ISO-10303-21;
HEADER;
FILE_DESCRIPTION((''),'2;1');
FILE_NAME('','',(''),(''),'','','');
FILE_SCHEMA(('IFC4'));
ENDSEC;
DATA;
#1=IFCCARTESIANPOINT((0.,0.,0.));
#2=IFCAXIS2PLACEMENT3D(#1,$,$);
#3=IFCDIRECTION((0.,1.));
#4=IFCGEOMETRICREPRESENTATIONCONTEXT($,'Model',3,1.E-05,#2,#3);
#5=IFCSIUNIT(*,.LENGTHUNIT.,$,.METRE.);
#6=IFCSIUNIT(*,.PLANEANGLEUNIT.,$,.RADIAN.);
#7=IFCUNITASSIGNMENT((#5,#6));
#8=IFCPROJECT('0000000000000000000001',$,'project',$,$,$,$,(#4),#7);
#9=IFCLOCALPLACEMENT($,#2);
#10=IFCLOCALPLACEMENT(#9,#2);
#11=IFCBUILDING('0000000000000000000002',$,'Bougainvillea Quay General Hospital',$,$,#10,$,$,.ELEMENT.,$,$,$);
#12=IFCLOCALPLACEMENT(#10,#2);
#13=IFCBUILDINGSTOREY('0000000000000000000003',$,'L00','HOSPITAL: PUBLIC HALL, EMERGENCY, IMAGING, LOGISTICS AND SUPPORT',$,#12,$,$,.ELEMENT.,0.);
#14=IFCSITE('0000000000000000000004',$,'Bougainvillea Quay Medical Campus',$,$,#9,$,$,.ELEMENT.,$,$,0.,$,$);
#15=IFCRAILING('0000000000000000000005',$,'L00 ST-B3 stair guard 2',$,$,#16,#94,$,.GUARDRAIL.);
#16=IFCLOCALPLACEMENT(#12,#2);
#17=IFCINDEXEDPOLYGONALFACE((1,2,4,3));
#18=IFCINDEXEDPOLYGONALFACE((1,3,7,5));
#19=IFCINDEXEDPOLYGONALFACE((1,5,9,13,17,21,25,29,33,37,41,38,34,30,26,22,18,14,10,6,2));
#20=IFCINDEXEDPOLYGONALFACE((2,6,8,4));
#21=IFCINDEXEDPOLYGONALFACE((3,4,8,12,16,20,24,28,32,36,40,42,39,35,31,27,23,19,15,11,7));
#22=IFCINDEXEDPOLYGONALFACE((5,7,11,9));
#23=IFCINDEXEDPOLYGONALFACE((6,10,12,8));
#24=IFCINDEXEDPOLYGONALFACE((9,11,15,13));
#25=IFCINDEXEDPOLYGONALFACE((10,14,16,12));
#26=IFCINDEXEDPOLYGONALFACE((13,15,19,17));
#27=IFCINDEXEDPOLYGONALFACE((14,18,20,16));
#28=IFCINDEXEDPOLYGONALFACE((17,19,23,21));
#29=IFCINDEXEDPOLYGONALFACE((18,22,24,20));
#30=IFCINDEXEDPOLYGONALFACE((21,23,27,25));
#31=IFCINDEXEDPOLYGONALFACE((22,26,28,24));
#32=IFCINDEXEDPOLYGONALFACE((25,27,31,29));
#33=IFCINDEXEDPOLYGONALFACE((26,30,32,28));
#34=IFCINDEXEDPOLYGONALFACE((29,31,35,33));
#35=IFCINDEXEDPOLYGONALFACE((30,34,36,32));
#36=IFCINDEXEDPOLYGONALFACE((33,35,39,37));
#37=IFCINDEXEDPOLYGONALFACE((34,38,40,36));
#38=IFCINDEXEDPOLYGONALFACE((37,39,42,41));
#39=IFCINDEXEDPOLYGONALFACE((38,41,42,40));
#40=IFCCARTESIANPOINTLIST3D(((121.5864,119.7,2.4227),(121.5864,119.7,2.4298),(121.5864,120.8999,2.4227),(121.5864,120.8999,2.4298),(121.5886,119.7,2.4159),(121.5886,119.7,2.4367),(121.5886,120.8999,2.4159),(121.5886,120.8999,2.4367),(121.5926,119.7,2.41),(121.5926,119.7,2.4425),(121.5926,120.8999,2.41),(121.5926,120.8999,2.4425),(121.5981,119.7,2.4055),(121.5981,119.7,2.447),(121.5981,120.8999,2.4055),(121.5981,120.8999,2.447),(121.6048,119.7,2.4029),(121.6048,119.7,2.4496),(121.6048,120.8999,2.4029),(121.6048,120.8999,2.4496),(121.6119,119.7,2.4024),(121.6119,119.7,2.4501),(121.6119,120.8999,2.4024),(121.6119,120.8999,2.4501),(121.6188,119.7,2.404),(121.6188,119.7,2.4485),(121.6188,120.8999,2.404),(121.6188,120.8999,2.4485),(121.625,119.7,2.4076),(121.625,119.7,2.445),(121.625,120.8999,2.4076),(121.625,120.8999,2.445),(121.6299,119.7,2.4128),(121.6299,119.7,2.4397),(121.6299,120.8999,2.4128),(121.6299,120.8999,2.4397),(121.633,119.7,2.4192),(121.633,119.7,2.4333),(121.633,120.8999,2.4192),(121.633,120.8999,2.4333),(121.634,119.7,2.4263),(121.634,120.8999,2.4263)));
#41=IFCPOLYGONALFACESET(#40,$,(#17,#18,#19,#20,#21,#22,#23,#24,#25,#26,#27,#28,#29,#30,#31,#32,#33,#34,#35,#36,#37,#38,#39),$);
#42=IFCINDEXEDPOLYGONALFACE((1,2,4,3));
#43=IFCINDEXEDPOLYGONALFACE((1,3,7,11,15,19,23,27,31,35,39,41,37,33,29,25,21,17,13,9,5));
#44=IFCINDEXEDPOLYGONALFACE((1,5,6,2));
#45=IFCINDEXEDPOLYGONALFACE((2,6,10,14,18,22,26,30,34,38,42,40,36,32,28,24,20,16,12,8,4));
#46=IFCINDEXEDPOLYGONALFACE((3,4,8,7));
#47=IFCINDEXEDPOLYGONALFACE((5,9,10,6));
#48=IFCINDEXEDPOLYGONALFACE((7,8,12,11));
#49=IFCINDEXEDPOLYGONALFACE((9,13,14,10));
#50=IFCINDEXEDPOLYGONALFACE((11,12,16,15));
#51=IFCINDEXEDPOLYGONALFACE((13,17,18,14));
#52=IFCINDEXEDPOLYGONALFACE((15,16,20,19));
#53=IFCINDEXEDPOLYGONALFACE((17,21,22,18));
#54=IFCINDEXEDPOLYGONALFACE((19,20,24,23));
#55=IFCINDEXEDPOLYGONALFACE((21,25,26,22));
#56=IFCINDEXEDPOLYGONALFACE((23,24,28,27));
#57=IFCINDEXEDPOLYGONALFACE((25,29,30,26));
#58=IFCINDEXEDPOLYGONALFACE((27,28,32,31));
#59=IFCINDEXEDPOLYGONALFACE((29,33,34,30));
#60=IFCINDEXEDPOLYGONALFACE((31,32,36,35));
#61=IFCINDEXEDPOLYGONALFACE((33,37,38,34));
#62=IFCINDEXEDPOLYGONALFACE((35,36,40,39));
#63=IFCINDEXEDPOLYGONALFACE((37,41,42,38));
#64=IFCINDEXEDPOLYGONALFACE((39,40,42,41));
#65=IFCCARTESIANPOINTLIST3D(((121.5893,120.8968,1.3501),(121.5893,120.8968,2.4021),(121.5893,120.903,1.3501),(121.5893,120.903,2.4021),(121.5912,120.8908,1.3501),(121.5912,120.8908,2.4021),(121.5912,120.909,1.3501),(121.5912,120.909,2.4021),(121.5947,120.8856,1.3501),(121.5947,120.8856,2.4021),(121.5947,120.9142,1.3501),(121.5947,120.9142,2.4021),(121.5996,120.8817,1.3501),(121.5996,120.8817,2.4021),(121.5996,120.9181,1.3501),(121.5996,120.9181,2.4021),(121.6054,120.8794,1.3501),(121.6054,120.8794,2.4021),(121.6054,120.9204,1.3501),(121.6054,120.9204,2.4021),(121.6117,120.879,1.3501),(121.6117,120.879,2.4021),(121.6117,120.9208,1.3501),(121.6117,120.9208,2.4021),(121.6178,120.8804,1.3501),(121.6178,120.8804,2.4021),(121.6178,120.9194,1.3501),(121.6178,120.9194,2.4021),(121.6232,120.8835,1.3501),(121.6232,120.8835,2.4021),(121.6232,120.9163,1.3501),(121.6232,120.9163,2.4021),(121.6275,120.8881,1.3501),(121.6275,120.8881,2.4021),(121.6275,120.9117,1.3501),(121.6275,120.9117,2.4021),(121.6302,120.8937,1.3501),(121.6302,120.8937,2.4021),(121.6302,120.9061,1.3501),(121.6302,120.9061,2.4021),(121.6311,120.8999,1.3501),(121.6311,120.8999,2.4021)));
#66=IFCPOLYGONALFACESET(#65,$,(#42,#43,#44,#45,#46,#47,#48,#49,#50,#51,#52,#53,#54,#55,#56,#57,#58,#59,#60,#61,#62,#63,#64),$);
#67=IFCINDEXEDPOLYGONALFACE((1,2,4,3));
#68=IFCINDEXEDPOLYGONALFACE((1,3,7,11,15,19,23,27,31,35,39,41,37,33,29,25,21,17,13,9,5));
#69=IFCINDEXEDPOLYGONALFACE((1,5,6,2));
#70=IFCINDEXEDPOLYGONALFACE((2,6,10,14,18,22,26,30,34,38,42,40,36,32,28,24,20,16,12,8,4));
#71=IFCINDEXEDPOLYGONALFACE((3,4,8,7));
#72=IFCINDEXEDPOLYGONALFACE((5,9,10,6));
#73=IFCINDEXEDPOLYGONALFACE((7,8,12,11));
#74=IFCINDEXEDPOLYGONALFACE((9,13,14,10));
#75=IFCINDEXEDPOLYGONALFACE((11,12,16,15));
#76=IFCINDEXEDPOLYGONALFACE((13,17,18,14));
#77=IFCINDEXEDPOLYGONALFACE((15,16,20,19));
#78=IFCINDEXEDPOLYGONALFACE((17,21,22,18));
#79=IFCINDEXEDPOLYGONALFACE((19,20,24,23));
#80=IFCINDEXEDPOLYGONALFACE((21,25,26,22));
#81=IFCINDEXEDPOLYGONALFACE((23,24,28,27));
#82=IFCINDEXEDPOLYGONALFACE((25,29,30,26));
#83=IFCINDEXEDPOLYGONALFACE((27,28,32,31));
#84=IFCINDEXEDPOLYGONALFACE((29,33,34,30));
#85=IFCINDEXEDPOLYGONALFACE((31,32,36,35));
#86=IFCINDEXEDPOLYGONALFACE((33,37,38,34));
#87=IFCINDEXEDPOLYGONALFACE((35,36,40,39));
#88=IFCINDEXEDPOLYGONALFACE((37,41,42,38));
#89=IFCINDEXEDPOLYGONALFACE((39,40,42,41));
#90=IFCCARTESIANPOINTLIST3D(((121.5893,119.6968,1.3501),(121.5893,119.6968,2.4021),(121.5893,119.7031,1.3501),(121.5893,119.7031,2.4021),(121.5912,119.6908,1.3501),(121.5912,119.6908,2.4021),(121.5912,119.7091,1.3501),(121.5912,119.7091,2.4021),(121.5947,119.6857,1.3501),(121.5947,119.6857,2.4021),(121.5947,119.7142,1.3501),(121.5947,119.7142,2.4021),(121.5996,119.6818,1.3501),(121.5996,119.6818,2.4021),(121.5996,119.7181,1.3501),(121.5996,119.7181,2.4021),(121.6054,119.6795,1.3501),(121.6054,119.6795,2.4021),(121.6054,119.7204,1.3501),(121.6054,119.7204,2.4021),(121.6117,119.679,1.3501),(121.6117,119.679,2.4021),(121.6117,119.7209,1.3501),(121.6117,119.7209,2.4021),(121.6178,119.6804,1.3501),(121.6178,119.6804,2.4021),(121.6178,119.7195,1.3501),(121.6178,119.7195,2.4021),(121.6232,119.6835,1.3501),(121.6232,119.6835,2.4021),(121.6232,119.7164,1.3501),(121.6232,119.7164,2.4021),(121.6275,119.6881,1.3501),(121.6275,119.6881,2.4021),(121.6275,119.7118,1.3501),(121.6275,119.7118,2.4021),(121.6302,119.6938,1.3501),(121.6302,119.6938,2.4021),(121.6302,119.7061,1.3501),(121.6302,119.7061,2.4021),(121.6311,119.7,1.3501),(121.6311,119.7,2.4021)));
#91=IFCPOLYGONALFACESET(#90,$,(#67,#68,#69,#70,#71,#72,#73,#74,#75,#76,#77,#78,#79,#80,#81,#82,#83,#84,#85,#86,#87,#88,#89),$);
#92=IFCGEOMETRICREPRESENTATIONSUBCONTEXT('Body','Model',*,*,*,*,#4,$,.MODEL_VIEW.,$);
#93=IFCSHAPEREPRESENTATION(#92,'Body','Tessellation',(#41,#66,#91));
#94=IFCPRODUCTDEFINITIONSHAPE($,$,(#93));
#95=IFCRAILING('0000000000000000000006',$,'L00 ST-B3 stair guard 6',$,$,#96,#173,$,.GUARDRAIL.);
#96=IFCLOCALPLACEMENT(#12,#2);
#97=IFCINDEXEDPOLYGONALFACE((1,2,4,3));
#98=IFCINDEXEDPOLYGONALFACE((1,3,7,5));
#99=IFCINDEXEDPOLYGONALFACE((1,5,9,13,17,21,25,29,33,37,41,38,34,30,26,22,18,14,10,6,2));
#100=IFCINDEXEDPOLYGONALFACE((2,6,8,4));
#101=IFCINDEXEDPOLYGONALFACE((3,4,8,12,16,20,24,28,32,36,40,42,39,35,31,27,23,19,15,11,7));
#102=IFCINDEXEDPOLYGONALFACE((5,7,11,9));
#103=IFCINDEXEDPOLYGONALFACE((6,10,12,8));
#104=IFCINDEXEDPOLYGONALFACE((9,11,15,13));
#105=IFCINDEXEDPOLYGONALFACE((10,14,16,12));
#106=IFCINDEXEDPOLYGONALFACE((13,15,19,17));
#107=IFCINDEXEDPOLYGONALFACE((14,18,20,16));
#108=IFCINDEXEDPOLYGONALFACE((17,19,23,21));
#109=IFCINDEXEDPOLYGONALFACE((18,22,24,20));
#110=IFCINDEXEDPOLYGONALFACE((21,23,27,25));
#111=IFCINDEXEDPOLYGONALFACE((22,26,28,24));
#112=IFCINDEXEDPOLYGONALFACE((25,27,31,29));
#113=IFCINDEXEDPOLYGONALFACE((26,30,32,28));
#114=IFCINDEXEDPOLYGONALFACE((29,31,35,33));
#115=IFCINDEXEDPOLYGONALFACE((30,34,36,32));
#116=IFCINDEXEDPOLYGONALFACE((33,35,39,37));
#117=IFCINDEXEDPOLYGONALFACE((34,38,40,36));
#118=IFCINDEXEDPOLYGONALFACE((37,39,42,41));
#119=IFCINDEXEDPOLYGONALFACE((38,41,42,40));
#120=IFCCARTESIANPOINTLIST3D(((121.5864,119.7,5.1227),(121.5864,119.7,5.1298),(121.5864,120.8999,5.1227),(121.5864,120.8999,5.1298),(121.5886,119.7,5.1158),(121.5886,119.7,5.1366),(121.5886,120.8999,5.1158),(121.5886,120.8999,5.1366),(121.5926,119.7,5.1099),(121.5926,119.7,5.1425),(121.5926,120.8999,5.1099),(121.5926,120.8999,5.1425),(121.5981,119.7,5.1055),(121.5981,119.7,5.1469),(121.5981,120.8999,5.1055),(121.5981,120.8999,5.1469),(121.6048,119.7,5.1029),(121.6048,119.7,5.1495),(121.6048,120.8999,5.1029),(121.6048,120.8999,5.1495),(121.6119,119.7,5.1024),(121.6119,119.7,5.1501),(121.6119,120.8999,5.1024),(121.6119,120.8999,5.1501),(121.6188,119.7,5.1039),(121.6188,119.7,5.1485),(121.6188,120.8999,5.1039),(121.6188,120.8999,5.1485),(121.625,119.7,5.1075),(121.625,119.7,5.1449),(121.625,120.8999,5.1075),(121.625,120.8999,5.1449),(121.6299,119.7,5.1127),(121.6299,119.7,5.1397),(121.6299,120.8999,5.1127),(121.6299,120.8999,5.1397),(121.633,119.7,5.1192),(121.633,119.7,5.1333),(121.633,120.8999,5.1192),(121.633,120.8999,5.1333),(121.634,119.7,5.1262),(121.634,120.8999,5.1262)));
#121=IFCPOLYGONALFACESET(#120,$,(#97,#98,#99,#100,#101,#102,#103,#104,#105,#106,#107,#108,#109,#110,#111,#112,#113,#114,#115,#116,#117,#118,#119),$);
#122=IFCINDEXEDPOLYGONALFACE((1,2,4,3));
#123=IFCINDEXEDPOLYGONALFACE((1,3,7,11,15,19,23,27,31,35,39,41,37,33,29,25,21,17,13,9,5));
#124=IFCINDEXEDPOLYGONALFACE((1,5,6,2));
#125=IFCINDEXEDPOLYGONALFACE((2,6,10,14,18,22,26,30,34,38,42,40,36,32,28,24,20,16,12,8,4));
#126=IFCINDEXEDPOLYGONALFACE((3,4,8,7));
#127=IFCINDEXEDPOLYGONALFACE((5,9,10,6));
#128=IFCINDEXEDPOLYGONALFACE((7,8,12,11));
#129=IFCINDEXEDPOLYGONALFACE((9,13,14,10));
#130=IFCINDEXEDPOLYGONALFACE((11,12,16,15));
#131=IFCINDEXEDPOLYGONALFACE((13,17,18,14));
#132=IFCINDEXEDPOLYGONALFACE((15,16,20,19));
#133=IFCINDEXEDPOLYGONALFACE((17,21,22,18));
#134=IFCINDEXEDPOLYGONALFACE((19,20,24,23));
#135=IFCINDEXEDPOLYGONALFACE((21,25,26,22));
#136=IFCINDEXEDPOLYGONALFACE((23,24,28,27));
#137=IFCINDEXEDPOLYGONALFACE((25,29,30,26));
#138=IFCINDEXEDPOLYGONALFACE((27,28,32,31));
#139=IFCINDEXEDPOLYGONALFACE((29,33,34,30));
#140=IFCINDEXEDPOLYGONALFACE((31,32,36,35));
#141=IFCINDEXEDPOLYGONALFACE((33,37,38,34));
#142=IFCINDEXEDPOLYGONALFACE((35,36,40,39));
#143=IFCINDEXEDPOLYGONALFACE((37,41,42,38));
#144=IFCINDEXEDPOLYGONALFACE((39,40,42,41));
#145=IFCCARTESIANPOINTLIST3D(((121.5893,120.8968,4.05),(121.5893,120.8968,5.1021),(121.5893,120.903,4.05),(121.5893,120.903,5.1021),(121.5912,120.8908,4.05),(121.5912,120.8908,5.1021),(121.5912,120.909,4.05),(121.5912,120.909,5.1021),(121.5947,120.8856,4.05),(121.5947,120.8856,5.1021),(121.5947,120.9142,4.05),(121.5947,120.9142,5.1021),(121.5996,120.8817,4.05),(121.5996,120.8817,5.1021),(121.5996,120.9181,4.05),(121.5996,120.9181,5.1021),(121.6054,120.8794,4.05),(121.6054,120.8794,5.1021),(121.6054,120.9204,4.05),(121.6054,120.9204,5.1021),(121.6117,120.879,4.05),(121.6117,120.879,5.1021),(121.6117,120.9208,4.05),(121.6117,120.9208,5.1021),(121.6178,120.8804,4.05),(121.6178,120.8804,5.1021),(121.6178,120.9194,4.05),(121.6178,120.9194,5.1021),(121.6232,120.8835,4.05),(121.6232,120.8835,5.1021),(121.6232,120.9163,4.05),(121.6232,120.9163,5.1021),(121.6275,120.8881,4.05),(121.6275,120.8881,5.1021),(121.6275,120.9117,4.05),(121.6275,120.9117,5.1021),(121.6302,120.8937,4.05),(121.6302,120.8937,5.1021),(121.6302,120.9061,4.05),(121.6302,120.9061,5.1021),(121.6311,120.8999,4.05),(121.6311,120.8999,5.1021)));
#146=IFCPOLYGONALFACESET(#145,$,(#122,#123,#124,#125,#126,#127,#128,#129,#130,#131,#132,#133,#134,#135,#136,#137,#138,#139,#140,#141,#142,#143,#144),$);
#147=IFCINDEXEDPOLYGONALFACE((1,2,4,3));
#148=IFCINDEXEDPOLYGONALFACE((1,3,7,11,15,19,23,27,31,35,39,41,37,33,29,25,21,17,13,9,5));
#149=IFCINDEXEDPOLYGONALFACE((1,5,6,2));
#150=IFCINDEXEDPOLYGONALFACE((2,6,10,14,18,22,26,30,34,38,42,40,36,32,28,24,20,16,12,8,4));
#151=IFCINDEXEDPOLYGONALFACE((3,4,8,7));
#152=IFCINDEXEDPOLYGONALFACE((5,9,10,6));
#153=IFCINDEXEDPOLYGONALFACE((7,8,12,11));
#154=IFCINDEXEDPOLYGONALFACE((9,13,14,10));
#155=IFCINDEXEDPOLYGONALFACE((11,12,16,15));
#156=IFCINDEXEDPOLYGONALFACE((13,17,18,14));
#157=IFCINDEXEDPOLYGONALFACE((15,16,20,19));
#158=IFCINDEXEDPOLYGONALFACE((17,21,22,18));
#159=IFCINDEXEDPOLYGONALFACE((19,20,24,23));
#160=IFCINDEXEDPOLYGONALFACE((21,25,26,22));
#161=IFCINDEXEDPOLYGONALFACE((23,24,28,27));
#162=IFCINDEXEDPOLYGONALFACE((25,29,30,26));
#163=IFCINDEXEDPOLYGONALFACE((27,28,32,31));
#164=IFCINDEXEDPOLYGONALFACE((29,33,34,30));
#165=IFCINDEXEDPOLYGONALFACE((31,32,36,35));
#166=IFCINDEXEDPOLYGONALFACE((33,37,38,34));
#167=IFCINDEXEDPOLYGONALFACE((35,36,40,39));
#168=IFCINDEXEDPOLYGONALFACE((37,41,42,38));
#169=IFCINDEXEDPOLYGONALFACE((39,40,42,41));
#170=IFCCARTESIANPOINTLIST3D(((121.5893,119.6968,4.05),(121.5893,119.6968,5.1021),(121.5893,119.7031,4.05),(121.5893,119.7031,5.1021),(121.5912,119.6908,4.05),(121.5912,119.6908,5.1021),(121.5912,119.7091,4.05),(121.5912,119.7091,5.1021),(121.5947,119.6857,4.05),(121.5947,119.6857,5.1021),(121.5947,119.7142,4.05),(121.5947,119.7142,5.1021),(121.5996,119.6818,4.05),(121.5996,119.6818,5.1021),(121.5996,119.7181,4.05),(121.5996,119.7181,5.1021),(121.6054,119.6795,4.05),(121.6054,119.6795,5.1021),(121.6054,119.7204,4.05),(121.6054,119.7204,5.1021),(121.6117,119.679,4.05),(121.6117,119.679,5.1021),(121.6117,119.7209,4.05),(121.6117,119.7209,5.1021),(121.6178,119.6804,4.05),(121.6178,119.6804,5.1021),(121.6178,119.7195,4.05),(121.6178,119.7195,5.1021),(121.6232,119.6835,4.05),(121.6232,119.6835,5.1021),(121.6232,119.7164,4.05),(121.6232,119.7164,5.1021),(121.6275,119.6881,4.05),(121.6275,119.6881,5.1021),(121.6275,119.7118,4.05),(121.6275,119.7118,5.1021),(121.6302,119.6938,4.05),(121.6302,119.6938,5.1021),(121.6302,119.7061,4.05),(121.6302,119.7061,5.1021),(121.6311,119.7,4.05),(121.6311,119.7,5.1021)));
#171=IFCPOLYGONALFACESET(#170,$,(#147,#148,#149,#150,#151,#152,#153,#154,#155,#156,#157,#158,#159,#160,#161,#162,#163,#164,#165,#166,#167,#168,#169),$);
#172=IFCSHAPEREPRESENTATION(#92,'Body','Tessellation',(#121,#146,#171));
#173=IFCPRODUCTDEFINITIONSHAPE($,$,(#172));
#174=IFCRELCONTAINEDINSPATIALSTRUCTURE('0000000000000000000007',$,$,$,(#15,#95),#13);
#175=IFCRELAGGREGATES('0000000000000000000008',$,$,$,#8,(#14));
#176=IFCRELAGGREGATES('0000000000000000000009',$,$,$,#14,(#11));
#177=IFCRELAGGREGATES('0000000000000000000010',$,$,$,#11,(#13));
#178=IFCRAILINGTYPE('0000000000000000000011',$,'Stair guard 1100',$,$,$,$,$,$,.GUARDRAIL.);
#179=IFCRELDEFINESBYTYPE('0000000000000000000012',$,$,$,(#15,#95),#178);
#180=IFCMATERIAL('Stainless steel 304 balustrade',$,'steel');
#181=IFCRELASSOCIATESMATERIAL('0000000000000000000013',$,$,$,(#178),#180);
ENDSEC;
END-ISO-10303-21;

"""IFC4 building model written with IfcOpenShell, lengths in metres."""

from ifc_helpers import new_model, si_unit, direction, frame, origin, origin_2d, place, context, subcontext, project, spatial, circle, extrude, material, type_object, element, save


model = new_model("IFC4")

# Units and contexts
model_context = context("Model", 3, precision=1e-05, world=origin(), true_north=direction((0.0, 1.0)))
body_context = subcontext(model_context, "Body", "Model", "MODEL_VIEW")
ifc_project = project(units=[si_unit("LENGTHUNIT", "METRE"), si_unit("PLANEANGLEUNIT", "RADIAN")], contexts=[model_context])

# Site, building, storey
site_placement = place(None, origin())
site = spatial("IfcSite", under=ifc_project, at=site_placement, Name="Bougainvillea Quay Medical Campus", CompositionType="ELEMENT", RefElevation=0.0)
building_placement = place(site_placement, origin())
building = spatial("IfcBuilding", under=site, at=building_placement, Name="Bougainvillea Quay General Hospital", CompositionType="ELEMENT")
storey_placement = place(building_placement, origin())
storey = spatial("IfcBuildingStorey", under=building, at=storey_placement, Name="L00", Description="HOSPITAL: PUBLIC HALL, EMERGENCY, IMAGING, LOGISTICS AND SUPPORT", CompositionType="ELEMENT", Elevation=0.0)

# Railings
ifc_material_1 = material(Name="Stainless steel 304 balustrade", Category="steel")
railing_type = type_object("IfcRailingType", Name="Stair guard 1100", PredefinedType="GUARDRAIL", material=ifc_material_1)
for number, where, name in (
    (1, (121.6101, 120.8999, 1.3501), "L00 ST-B3 stair guard 2"),
    (2, (121.6101, 120.8999, 4.05), "L00 ST-B3 stair guard 6"),
):
    element("IfcRailing", number, at=place(storey_placement, frame(where)), inside=storey, type_object=railing_type, Name=name, PredefinedType="GUARDRAIL", context=body_context, shape_type="SweptSolid", body=[
        extrude(circle(Radius=0.0239, at=origin_2d()), frame((0.0, 0.0, 1.0762), z_axis=(0.0, -1.0, 0.0), x_axis=(1.0, 0.0, 0.0)), (0.0, 0.0, 1.0), 1.2),
        extrude(circle(Radius=0.021, at=origin_2d()), origin(), (0.0, 0.0, 1.0), 1.052),
        extrude(circle(Radius=0.021, at=origin_2d()), frame((0.0, -1.2, 0.0)), (0.0, 0.0, 1.0), 1.052),
    ])

save(model, "model.ifc")
